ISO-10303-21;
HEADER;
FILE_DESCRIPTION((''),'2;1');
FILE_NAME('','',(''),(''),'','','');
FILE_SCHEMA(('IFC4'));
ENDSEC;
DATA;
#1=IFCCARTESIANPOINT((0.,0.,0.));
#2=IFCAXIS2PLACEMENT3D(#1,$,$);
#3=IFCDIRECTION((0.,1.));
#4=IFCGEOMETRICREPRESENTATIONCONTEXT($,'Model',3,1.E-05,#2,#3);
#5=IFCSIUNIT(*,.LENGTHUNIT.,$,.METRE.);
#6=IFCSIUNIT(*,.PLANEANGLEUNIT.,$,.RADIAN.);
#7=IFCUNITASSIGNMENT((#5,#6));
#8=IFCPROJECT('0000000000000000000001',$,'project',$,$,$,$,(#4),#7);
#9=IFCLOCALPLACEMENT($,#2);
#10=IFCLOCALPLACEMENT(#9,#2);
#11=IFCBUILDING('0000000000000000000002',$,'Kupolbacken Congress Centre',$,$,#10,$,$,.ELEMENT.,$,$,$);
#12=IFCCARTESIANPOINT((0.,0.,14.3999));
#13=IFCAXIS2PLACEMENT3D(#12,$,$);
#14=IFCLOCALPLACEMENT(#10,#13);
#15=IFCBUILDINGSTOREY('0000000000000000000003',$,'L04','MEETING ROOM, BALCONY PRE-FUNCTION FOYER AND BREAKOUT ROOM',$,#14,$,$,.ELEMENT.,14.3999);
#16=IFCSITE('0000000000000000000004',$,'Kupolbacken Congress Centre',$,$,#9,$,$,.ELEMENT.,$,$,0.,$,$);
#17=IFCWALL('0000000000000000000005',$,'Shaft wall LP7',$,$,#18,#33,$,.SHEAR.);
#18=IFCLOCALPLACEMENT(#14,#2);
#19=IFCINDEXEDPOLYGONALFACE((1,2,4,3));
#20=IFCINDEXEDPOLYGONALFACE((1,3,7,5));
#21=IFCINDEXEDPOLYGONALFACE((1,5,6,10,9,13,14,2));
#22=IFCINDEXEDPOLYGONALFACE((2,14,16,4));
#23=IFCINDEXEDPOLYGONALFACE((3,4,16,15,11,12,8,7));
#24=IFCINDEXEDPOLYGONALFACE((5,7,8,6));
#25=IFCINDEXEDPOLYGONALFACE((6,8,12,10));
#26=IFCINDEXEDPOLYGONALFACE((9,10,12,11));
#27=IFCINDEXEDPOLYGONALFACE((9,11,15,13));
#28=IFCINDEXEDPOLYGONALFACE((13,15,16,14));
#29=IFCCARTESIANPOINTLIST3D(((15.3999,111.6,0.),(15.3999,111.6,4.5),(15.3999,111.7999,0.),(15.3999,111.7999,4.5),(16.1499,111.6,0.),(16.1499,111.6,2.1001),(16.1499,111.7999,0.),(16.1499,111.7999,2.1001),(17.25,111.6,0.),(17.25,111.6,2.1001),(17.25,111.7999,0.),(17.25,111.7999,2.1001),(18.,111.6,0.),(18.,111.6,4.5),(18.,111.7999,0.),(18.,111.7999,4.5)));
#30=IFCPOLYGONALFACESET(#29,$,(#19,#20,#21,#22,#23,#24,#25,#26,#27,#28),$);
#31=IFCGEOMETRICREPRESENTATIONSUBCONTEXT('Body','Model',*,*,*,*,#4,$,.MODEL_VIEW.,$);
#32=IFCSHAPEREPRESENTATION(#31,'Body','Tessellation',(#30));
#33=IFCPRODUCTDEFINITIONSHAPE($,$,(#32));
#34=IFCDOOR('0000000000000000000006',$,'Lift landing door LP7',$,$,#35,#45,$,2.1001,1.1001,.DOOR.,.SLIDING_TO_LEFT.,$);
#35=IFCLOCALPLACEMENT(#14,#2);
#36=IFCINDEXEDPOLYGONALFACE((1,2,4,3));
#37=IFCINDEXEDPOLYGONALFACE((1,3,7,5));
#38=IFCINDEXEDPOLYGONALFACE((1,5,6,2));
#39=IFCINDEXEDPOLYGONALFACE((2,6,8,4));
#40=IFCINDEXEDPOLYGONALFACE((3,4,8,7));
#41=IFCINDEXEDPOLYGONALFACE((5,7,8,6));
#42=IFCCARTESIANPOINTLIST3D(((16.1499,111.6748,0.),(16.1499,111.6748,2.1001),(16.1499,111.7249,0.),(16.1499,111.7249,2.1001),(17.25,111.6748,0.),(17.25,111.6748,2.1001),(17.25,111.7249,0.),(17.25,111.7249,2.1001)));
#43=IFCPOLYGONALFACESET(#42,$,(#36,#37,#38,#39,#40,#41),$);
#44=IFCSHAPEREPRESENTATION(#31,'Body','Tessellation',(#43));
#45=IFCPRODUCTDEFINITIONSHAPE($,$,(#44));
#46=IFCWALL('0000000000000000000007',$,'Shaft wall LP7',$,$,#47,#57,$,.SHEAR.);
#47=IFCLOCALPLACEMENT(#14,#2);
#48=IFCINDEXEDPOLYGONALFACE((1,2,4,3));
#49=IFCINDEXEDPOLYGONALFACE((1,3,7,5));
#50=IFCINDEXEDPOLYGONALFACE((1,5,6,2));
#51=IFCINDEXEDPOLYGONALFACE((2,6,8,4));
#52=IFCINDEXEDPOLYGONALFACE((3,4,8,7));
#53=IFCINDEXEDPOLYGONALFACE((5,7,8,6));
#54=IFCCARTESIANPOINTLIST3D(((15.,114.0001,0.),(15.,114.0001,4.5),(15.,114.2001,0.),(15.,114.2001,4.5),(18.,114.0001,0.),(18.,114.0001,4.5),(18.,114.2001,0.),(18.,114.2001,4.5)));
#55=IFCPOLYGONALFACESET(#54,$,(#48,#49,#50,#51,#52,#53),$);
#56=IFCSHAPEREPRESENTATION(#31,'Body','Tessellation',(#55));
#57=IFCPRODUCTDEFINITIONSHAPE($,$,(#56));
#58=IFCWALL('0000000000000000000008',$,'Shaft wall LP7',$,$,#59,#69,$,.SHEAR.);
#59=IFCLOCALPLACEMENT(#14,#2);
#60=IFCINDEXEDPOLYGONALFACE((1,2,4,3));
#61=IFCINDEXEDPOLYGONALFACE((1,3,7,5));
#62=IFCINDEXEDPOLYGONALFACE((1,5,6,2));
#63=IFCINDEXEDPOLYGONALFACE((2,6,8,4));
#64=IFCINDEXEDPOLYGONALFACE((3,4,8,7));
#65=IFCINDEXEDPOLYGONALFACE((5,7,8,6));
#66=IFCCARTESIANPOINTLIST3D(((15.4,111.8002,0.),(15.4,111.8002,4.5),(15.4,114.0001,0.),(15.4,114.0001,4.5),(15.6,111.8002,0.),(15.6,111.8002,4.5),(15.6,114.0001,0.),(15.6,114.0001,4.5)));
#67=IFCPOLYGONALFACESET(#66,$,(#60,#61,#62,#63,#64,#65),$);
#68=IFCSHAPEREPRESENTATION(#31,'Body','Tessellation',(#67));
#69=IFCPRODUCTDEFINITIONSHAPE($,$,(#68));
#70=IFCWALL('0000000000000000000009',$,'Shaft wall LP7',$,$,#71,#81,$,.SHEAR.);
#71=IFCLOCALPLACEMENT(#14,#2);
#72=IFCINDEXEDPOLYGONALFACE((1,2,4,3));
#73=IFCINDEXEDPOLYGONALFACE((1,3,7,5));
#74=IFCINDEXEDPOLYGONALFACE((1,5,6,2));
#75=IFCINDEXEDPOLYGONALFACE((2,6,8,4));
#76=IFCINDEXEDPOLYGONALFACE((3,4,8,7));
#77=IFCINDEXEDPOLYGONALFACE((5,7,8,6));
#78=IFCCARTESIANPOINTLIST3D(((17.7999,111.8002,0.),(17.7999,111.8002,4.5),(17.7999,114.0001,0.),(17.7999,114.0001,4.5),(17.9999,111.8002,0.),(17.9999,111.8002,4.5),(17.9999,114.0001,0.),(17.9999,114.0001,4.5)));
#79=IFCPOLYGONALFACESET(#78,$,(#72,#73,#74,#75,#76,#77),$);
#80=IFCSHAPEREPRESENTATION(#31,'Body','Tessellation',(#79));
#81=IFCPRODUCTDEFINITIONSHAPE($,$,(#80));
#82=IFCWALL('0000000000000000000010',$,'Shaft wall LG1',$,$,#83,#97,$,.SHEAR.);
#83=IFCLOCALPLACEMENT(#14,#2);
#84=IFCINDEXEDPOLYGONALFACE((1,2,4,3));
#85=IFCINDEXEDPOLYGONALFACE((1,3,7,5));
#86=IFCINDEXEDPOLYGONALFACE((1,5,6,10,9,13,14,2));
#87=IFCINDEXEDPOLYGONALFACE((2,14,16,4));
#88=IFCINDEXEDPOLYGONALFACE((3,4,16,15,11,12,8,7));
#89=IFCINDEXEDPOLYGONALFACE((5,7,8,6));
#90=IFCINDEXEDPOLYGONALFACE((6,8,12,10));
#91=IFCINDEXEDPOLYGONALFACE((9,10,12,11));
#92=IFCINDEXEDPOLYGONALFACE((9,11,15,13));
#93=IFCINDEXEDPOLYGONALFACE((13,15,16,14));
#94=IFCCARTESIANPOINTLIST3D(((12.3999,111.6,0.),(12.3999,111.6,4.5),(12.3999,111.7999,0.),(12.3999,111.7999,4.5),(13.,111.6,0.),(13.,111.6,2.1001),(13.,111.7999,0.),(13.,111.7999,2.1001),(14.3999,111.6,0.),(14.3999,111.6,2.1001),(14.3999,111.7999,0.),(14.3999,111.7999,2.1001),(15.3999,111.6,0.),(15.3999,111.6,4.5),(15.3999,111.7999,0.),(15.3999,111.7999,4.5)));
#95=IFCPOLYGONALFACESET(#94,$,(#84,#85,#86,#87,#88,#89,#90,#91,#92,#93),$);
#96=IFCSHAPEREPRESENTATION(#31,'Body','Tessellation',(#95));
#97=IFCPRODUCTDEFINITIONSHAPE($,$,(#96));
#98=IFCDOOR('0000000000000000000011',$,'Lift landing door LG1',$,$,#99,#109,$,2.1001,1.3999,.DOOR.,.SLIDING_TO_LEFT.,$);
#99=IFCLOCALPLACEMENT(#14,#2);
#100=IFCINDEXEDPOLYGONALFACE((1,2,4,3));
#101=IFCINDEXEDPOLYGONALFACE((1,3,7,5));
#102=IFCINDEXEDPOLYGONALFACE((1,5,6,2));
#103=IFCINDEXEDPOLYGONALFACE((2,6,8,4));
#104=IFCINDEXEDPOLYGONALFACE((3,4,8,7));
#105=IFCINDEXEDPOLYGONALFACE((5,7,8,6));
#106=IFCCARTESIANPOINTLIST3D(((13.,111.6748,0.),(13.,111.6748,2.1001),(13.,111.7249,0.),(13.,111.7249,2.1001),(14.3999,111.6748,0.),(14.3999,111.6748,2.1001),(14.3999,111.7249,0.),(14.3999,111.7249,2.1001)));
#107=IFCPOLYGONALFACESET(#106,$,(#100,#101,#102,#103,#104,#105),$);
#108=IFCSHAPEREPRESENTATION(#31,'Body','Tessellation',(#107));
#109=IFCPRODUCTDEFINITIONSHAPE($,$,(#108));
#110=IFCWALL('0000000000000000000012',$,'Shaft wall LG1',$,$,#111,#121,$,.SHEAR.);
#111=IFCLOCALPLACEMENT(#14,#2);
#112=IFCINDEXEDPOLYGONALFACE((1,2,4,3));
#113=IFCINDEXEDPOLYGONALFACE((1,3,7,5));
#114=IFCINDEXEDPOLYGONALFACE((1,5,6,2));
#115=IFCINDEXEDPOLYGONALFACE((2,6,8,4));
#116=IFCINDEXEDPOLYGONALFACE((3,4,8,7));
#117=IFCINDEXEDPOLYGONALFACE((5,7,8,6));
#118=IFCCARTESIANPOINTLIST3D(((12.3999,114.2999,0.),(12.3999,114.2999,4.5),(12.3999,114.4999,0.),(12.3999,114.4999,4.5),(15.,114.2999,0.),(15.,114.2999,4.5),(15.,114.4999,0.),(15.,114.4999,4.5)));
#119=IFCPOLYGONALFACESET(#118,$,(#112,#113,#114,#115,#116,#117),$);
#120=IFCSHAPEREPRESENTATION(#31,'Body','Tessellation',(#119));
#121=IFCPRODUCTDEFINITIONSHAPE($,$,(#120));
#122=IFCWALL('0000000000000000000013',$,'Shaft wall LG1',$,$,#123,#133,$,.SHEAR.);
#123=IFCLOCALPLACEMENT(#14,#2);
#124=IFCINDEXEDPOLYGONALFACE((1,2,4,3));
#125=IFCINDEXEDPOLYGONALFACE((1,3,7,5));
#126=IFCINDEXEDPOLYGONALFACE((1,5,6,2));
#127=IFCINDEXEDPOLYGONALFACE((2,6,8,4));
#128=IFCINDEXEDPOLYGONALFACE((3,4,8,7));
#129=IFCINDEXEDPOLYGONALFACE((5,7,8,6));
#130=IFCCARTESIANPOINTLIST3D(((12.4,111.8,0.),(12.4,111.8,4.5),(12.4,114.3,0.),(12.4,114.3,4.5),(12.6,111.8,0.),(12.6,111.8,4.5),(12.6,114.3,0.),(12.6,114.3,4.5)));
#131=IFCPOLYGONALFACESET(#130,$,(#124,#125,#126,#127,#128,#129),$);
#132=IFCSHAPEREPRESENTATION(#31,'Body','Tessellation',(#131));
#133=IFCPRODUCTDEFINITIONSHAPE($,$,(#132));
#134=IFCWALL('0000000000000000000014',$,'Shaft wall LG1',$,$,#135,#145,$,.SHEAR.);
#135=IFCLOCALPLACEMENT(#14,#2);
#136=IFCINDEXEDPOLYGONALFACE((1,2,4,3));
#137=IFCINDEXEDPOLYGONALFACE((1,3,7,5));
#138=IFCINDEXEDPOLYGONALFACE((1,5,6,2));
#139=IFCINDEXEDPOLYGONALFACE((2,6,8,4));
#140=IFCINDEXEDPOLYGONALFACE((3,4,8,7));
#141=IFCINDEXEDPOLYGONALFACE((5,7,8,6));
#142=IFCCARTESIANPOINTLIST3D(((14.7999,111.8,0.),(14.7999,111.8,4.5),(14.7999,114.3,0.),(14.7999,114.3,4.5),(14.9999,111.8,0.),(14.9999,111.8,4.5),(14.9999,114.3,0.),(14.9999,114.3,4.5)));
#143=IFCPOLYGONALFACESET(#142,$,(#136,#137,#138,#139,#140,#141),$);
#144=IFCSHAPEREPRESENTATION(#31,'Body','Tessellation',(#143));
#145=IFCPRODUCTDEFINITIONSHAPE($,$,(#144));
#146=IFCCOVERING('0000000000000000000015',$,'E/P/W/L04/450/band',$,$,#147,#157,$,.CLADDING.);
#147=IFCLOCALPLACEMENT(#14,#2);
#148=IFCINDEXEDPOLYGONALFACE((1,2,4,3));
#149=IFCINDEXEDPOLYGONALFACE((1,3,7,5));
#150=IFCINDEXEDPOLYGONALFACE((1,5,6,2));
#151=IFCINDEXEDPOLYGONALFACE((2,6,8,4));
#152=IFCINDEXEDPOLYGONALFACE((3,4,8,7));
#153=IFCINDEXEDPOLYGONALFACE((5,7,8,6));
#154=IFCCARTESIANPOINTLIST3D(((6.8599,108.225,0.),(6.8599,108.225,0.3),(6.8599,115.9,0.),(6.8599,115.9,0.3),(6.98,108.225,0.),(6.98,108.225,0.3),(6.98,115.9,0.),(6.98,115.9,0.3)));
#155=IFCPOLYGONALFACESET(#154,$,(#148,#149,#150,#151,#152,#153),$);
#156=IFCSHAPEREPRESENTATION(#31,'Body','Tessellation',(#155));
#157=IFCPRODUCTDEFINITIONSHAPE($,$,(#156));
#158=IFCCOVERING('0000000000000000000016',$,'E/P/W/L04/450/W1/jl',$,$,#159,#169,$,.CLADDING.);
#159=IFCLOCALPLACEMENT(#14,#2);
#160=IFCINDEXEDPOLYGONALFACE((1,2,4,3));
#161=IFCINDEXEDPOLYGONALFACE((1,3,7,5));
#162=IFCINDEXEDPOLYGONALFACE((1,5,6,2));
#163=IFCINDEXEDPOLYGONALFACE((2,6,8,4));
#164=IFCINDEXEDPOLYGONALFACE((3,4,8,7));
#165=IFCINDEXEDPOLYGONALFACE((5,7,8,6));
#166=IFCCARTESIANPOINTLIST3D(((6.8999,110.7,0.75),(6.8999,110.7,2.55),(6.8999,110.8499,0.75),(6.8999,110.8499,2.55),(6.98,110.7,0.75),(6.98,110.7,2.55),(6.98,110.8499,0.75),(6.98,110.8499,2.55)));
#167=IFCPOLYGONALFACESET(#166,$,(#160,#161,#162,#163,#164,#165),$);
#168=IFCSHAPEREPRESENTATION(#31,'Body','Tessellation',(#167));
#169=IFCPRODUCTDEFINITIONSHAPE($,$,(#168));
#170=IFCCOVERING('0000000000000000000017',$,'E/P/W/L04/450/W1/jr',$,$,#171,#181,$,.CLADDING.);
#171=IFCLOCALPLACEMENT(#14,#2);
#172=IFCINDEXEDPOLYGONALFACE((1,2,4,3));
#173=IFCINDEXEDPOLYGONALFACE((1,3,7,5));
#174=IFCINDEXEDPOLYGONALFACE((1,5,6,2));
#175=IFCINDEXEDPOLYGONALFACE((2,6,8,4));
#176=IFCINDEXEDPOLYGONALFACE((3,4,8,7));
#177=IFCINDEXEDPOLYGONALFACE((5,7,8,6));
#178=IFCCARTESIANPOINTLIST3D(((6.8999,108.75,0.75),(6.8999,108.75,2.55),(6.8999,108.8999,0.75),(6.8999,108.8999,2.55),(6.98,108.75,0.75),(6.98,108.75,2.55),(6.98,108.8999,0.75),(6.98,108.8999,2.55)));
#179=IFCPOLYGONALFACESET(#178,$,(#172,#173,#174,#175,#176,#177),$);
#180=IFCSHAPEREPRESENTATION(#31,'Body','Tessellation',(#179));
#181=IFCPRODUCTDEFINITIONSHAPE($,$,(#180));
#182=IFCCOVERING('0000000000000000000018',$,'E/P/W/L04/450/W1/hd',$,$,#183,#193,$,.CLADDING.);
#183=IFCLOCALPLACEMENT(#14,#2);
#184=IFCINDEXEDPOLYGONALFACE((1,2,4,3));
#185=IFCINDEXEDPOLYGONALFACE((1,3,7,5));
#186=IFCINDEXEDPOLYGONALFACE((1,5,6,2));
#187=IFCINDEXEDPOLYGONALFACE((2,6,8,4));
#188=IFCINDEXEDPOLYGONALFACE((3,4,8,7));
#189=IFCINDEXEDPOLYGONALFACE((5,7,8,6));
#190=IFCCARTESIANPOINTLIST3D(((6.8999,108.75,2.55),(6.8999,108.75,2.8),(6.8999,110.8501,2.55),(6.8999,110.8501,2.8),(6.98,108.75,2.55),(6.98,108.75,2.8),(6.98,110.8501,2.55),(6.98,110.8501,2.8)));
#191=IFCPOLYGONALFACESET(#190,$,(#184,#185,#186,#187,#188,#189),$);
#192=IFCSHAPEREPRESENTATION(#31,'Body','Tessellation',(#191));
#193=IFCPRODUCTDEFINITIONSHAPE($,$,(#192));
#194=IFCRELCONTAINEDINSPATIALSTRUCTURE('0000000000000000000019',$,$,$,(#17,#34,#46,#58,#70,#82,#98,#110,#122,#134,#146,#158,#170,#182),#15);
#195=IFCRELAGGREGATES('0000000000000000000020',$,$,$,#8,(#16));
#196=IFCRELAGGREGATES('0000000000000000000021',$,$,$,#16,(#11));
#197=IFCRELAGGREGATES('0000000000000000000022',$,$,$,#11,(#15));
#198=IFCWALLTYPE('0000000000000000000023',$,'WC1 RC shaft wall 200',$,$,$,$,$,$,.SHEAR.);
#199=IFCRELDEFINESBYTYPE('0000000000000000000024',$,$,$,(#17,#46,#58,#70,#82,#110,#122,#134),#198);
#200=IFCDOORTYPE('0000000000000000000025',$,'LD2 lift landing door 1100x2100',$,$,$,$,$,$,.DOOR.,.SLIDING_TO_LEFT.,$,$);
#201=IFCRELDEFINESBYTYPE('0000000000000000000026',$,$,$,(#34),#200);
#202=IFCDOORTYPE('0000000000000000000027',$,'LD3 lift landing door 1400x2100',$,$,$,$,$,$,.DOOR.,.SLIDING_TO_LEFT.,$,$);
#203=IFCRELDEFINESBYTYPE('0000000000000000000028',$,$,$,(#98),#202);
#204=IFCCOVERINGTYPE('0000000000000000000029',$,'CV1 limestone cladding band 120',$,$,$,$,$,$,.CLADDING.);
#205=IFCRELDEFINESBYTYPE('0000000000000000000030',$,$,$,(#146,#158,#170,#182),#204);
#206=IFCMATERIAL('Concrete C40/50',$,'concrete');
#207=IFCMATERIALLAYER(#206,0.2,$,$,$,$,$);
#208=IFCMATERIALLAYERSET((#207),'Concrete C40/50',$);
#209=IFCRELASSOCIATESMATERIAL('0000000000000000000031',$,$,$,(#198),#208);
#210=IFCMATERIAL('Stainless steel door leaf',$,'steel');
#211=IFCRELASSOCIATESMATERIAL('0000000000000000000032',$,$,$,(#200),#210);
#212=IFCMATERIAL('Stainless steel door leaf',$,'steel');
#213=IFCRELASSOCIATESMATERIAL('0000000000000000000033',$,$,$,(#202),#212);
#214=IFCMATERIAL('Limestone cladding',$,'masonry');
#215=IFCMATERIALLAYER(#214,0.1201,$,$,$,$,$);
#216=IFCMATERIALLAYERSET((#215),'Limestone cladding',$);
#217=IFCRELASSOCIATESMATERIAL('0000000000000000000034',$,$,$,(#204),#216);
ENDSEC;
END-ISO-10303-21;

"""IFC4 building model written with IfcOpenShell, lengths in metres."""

from ifc_helpers import new_model, si_unit, direction, frame, frame_2d, origin, origin_2d, place, context, subcontext, project, spatial, rectangle, extrude, material, layer, layer_set, type_object, element, fill, save


model = new_model("IFC4")

# Units and contexts
model_context = context("Model", 3, precision=1e-05, world=origin(), true_north=direction((0.0, 1.0)))
body_context = subcontext(model_context, "Body", "Model", "MODEL_VIEW")
ifc_project = project(units=[si_unit("LENGTHUNIT", "METRE"), si_unit("PLANEANGLEUNIT", "RADIAN")], contexts=[model_context])

# Site, building, storey
site_placement = place(None, origin())
site = spatial("IfcSite", under=ifc_project, at=site_placement, Name="Kupolbacken Congress Centre", CompositionType="ELEMENT", RefElevation=0.0)
building_placement = place(site_placement, origin())
building = spatial("IfcBuilding", under=site, at=building_placement, Name="Kupolbacken Congress Centre", CompositionType="ELEMENT")
storey_placement = place(building_placement, frame((0.0, 0.0, 14.3999)))
storey = spatial("IfcBuildingStorey", under=building, at=storey_placement, Name="L04", Description="MEETING ROOM, BALCONY PRE-FUNCTION FOYER AND BREAKOUT ROOM", CompositionType="ELEMENT", Elevation=14.3999)

# Wall, opening, door
ifc_material_1 = material(Name="Concrete C40/50", Category="concrete")
ifc_layer_1 = layer(ifc_material_1, 0.2)
ifc_layer_set_1 = layer_set([ifc_layer_1], Name="Concrete C40/50")
wall_type_1 = type_object("IfcWallType", Name="WC1 RC shaft wall 200", PredefinedType="SHEAR", material=ifc_layer_set_1)
wall_1_placement = place(storey_placement, frame((15.3999, 111.7, 0.0), z_axis=(0.0, 0.0, 1.0), x_axis=(1.0, 0.0, 0.0)))
wall_1 = element("IfcWall", 1, at=wall_1_placement, inside=storey, type_object=wall_type_1, Name="Shaft wall LP7", PredefinedType="SHEAR", context=body_context, shape_type="SweptSolid", body=[
    extrude(rectangle(XDim=2.6001, YDim=0.2, at=frame_2d((1.3, 0.0))), origin(), (0.0, 0.0, 1.0), 4.5),
])
opening_1_placement = place(wall_1_placement, frame((0.75, 0.0, 0.0)))
opening_1 = element("IfcOpeningElement", 2, at=opening_1_placement, cuts=wall_1, PredefinedType="OPENING", context=body_context, shape_type="SweptSolid", body=[
    extrude(rectangle(XDim=1.1001, YDim=2.1001, at=frame_2d((0.55, 1.05))), frame((0.0, 0.1099, 0.0), z_axis=(0.0, -1.0, 0.0), x_axis=(1.0, 0.0, 0.0)), (0.0, 0.0, 1.0), 0.22),
])
ifc_material_2 = material(Name="Stainless steel door leaf", Category="steel")
door_type_1 = type_object("IfcDoorType", Name="LD2 lift landing door 1100x2100", OperationType="SLIDING_TO_LEFT", PredefinedType="DOOR", material=ifc_material_2)
door_1_placement = place(opening_1_placement, origin())
door_1 = element("IfcDoor", 3, at=door_1_placement, inside=storey, type_object=door_type_1, Name="Lift landing door LP7", OperationType="SLIDING_TO_LEFT", OverallHeight=2.1001, OverallWidth=1.1001, PredefinedType="DOOR", context=body_context, shape_type="SweptSolid", body=[
    extrude(rectangle(XDim=1.1001, YDim=2.1001, at=frame_2d((0.55, 1.05))), frame((0.0, 0.0249, 0.0), z_axis=(0.0, -1.0, 0.0), x_axis=(1.0, 0.0, 0.0)), (0.0, 0.0, 1.0), 0.05),
])
fill(opening_1, door_1)

# Walls
wall_2_placement = place(storey_placement, frame((15.0, 114.1001, 0.0), z_axis=(0.0, 0.0, 1.0), x_axis=(1.0, 0.0, 0.0)))
element("IfcWall", 4, at=wall_2_placement, inside=storey, type_object=wall_type_1, Name="Shaft wall LP7", PredefinedType="SHEAR", context=body_context, shape_type="SweptSolid", body=[
    extrude(rectangle(XDim=3.0, YDim=0.2, at=frame_2d((1.5, 0.0))), origin(), (0.0, 0.0, 1.0), 4.5),
])
for number, where, z_axis, x_axis, name in (
    (5, (15.5, 111.8, 0.0), (0.0, 0.0, 1.0), (0.0, 1.0, 0.0), "Shaft wall LP7"),
    (6, (17.8999, 111.8, 0.0), (0.0, 0.0, 1.0), (0.0, 1.0, 0.0), "Shaft wall LP7"),
):
    element("IfcWall", number, at=place(storey_placement, frame(where, z_axis=z_axis, x_axis=x_axis)), inside=storey, type_object=wall_type_1, Name=name, PredefinedType="SHEAR", context=body_context, shape_type="SweptSolid", body=[
        extrude(rectangle(XDim=2.2, YDim=0.2, at=frame_2d((1.1001, 0.0))), origin(), (0.0, 0.0, 1.0), 4.5),
    ])

# Wall, opening, door
wall_3_placement = place(storey_placement, frame((12.3999, 111.7, 0.0), z_axis=(0.0, 0.0, 1.0), x_axis=(1.0, 0.0, 0.0)))
wall_3 = element("IfcWall", 7, at=wall_3_placement, inside=storey, type_object=wall_type_1, Name="Shaft wall LG1", PredefinedType="SHEAR", context=body_context, shape_type="SweptSolid", body=[
    extrude(rectangle(XDim=3.0, YDim=0.2, at=frame_2d((1.5, 0.0))), origin(), (0.0, 0.0, 1.0), 4.5),
])
opening_2_placement = place(wall_3_placement, frame((0.6001, 0.0, 0.0)))
opening_2 = element("IfcOpeningElement", 8, at=opening_2_placement, cuts=wall_3, PredefinedType="OPENING", context=body_context, shape_type="SweptSolid", body=[
    extrude(rectangle(XDim=1.3999, YDim=2.1001, at=frame_2d((0.7, 1.05))), frame((0.0, 0.1099, 0.0), z_axis=(0.0, -1.0, 0.0), x_axis=(1.0, 0.0, 0.0)), (0.0, 0.0, 1.0), 0.22),
])
ifc_material_3 = material(Name="Stainless steel door leaf", Category="steel")
door_type_2 = type_object("IfcDoorType", Name="LD3 lift landing door 1400x2100", OperationType="SLIDING_TO_LEFT", PredefinedType="DOOR", material=ifc_material_3)
door_2_placement = place(opening_2_placement, origin())
door_2 = element("IfcDoor", 9, at=door_2_placement, inside=storey, type_object=door_type_2, Name="Lift landing door LG1", OperationType="SLIDING_TO_LEFT", OverallHeight=2.1001, OverallWidth=1.3999, PredefinedType="DOOR", context=body_context, shape_type="SweptSolid", body=[
    extrude(rectangle(XDim=1.3999, YDim=2.1001, at=frame_2d((0.7, 1.05))), frame((0.0, 0.0249, 0.0), z_axis=(0.0, -1.0, 0.0), x_axis=(1.0, 0.0, 0.0)), (0.0, 0.0, 1.0), 0.05),
])
fill(opening_2, door_2)

# Walls
wall_4_placement = place(storey_placement, frame((12.3999, 114.3999, 0.0), z_axis=(0.0, 0.0, 1.0), x_axis=(1.0, 0.0, 0.0)))
element("IfcWall", 10, at=wall_4_placement, inside=storey, type_object=wall_type_1, Name="Shaft wall LG1", PredefinedType="SHEAR", context=body_context, shape_type="SweptSolid", body=[
    extrude(rectangle(XDim=2.6001, YDim=0.2, at=frame_2d((1.3, 0.0))), origin(), (0.0, 0.0, 1.0), 4.5),
])
for number, where, z_axis, x_axis, name in (
    (11, (12.5, 111.8, 0.0), (0.0, 0.0, 1.0), (0.0, 1.0, 0.0), "Shaft wall LG1"),
    (12, (14.8999, 111.8, 0.0), (0.0, 0.0, 1.0), (0.0, 1.0, 0.0), "Shaft wall LG1"),
):
    element("IfcWall", number, at=place(storey_placement, frame(where, z_axis=z_axis, x_axis=x_axis)), inside=storey, type_object=wall_type_1, Name=name, PredefinedType="SHEAR", context=body_context, shape_type="SweptSolid", body=[
        extrude(rectangle(XDim=2.5, YDim=0.2, at=frame_2d((1.25, 0.0))), origin(), (0.0, 0.0, 1.0), 4.5),
    ])

# Coverings
ifc_material_4 = material(Name="Limestone cladding", Category="masonry")
ifc_layer_2 = layer(ifc_material_4, 0.1201)
ifc_layer_set_2 = layer_set([ifc_layer_2], Name="Limestone cladding")
covering_type = type_object("IfcCoveringType", Name="CV1 limestone cladding band 120", PredefinedType="CLADDING", material=ifc_layer_set_2)
covering_1_placement = place(storey_placement, frame((6.9199, 112.0625, 0.0), z_axis=(0.0, 0.0, 1.0), x_axis=(0.0, -1.0, 0.0)))
element("IfcCovering", 13, at=covering_1_placement, inside=storey, type_object=covering_type, Name="E/P/W/L04/450/band", PredefinedType="CLADDING", context=body_context, shape_type="SweptSolid", body=[
    extrude(rectangle(XDim=7.675, YDim=0.1201, at=origin_2d()), origin(), (0.0, 0.0, 1.0), 0.3),
])
for number, where, z_axis, x_axis, name in (
    (14, (6.9399, 110.7749, 0.75), (0.0, 0.0, 1.0), (0.0, -1.0, 0.0), "E/P/W/L04/450/W1/jl"),
    (15, (6.9399, 108.825, 0.75), (0.0, 0.0, 1.0), (0.0, -1.0, 0.0), "E/P/W/L04/450/W1/jr"),
):
    element("IfcCovering", number, at=place(storey_placement, frame(where, z_axis=z_axis, x_axis=x_axis)), inside=storey, type_object=covering_type, Name=name, PredefinedType="CLADDING", context=body_context, shape_type="SweptSolid", body=[
        extrude(rectangle(XDim=0.1499, YDim=0.0801, at=origin_2d()), origin(), (0.0, 0.0, 1.0), 1.8),
    ])
covering_2_placement = place(storey_placement, frame((6.9399, 109.8, 2.55), z_axis=(0.0, 0.0, 1.0), x_axis=(0.0, -1.0, 0.0)))
element("IfcCovering", 16, at=covering_2_placement, inside=storey, type_object=covering_type, Name="E/P/W/L04/450/W1/hd", PredefinedType="CLADDING", context=body_context, shape_type="SweptSolid", body=[
    extrude(rectangle(XDim=2.1001, YDim=0.0801, at=origin_2d()), origin(), (0.0, 0.0, 1.0), 0.25),
])

save(model, "model.ifc")
